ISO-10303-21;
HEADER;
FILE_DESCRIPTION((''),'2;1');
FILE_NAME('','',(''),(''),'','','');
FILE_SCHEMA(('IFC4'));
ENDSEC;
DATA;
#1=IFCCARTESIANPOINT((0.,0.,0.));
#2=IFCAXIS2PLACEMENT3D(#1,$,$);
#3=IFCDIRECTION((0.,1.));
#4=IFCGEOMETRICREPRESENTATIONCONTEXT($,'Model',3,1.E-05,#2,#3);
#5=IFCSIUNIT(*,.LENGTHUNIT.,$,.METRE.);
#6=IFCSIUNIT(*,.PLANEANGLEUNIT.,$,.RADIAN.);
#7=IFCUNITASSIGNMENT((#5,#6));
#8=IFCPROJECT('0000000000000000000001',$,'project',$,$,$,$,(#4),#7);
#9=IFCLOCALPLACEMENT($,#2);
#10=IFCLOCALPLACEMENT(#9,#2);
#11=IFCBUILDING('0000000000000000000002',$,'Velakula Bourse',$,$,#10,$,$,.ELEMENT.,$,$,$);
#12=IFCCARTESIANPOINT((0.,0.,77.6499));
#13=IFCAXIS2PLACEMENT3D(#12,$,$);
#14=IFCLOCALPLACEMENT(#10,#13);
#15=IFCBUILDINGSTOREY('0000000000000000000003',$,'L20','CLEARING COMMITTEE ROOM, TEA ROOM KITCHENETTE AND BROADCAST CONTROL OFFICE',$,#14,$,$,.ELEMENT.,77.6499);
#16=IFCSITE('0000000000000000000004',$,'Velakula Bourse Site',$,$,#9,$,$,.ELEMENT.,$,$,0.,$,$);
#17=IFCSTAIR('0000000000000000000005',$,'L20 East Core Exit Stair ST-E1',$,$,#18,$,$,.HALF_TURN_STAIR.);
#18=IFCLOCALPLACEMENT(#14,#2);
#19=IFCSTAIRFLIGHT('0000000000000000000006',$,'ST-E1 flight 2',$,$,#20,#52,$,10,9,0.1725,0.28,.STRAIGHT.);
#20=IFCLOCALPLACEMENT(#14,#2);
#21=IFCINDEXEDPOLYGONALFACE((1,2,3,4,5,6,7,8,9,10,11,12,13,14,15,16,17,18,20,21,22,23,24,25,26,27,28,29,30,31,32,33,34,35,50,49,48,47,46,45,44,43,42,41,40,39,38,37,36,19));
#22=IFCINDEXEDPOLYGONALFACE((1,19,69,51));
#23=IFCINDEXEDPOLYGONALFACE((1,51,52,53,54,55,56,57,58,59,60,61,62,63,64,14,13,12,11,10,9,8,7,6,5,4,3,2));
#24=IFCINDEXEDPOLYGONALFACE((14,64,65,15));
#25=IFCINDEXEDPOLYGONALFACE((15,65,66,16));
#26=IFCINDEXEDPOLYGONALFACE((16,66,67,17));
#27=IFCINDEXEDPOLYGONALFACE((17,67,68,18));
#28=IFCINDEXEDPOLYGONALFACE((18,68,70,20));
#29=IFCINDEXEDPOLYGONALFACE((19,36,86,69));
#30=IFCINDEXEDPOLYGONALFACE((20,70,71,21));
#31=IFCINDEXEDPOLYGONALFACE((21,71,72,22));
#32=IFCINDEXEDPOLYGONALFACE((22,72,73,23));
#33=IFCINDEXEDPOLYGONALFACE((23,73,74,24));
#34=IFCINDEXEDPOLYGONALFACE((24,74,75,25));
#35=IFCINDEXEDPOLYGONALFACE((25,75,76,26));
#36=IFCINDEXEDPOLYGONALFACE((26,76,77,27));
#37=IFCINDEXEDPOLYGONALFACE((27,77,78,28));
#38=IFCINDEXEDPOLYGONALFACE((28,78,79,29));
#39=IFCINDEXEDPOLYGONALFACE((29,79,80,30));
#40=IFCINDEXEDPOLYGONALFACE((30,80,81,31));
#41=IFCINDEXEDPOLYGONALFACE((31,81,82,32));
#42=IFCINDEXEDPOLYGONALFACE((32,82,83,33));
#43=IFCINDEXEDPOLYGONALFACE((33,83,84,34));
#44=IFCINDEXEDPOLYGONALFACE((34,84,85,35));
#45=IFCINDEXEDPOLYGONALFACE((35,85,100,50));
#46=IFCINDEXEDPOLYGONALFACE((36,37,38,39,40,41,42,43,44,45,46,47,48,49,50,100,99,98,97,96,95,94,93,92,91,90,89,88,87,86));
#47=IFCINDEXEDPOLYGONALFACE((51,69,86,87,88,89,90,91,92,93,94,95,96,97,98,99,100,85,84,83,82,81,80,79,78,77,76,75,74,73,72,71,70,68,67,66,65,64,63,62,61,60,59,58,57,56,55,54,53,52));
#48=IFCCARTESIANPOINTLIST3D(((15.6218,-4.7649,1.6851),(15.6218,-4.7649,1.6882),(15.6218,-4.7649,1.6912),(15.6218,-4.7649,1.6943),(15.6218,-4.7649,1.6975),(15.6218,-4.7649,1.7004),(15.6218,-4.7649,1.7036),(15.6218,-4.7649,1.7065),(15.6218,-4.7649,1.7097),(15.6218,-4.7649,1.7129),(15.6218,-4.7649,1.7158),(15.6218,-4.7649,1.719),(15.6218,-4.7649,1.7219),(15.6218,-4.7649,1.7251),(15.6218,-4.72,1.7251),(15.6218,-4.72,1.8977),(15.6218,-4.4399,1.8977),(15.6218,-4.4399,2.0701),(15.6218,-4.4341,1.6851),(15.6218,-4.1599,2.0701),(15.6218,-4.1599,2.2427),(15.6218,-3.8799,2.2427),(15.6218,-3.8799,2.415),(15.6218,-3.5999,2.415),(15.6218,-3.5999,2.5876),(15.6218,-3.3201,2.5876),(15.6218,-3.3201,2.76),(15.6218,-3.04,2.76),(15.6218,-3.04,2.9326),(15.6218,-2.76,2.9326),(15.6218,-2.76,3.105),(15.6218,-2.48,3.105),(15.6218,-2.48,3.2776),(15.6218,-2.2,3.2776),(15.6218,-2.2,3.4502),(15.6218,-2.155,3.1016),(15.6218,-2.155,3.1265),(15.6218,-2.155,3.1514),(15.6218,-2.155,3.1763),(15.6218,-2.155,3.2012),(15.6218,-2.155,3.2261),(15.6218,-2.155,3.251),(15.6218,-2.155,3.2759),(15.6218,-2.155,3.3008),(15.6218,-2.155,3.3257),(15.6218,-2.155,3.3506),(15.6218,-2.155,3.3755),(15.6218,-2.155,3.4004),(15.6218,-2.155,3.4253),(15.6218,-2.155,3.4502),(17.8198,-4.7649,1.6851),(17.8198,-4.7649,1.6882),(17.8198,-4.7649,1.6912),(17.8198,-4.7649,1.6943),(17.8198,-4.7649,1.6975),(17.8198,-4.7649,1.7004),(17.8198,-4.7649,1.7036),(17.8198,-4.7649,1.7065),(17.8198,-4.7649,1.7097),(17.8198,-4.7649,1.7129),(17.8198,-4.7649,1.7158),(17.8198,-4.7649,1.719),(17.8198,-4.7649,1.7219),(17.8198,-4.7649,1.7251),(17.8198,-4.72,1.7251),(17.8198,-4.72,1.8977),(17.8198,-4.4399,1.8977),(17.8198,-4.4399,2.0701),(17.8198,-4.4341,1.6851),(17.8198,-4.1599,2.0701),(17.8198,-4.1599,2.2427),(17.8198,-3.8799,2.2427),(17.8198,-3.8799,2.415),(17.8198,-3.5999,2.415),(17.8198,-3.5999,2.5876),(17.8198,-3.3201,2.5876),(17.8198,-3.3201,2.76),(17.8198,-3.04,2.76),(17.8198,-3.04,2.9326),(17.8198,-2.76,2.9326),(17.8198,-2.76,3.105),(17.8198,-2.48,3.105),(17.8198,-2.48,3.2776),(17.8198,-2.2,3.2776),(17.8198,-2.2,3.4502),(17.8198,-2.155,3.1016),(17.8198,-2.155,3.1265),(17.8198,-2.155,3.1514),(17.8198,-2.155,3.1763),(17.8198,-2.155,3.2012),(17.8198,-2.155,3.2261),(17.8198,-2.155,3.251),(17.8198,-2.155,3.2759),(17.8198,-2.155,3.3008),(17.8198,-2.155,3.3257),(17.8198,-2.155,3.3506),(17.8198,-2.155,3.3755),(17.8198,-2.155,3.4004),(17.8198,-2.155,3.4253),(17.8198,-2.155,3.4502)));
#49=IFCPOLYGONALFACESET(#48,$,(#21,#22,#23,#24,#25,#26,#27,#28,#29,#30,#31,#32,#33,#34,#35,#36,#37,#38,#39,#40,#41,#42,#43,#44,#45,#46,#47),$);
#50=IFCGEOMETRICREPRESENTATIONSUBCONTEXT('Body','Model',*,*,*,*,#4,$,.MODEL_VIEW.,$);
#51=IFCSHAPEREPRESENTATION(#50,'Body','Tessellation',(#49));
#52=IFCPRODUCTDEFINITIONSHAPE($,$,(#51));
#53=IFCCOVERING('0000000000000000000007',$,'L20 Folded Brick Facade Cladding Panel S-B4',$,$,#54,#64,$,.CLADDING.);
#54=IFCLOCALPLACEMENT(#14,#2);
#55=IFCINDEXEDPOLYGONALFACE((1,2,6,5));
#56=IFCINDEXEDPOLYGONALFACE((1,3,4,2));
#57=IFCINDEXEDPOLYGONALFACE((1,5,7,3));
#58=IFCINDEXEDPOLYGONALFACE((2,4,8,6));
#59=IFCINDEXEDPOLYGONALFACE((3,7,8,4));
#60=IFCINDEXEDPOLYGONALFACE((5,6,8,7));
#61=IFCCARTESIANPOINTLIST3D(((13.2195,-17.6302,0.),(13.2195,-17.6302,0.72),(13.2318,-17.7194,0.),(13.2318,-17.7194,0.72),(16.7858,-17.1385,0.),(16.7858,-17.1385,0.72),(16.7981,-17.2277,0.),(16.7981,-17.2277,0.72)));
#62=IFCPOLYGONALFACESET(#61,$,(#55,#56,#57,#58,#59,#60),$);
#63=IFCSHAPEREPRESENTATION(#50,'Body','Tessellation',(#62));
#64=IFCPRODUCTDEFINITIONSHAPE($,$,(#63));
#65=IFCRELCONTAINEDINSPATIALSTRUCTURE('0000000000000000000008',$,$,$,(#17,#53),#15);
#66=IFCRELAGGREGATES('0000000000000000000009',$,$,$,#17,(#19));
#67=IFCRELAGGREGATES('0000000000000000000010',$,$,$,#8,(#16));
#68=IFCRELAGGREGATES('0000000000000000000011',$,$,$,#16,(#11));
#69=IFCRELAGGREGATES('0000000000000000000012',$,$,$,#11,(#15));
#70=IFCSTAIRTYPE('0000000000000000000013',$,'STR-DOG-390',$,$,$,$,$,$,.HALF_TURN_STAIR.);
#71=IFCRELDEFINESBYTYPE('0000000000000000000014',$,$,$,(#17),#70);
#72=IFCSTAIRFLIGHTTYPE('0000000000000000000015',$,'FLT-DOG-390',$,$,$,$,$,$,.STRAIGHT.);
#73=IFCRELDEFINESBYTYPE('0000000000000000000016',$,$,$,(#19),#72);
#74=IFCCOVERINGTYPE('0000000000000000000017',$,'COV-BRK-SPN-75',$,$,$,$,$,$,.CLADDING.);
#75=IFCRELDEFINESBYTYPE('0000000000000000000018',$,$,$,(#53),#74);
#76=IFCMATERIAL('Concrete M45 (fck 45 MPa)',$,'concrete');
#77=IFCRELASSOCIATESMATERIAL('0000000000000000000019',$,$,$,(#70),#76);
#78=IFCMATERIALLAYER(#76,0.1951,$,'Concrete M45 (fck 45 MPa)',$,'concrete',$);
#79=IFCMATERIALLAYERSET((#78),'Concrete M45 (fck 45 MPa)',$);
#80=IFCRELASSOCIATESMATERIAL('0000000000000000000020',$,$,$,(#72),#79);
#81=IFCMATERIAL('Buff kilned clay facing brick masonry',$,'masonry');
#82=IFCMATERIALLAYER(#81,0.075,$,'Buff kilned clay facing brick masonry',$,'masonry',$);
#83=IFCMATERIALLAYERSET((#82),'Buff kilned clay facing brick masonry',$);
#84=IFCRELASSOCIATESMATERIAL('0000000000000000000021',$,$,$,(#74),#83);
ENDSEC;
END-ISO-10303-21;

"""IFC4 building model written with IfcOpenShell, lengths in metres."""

from ifc_helpers import new_model, si_unit, direction, frame, origin, origin_2d, place, context, subcontext, project, spatial, polyline, rectangle, outline, extrude, material, layer, layer_set, type_object, element, aggregate, save


model = new_model("IFC4")

# Units and contexts
model_context = context("Model", 3, precision=1e-05, world=origin(), true_north=direction((0.0, 1.0)))
body_context = subcontext(model_context, "Body", "Model", "MODEL_VIEW")
ifc_project = project(units=[si_unit("LENGTHUNIT", "METRE"), si_unit("PLANEANGLEUNIT", "RADIAN")], contexts=[model_context])

# Site, building, storey
site_placement = place(None, origin())
site = spatial("IfcSite", under=ifc_project, at=site_placement, Name="Velakula Bourse Site", CompositionType="ELEMENT", RefElevation=0.0)
building_placement = place(site_placement, origin())
building = spatial("IfcBuilding", under=site, at=building_placement, Name="Velakula Bourse", CompositionType="ELEMENT")
storey_placement = place(building_placement, frame((0.0, 0.0, 77.6499)))
storey = spatial("IfcBuildingStorey", under=building, at=storey_placement, Name="L20", Description="CLEARING COMMITTEE ROOM, TEA ROOM KITCHENETTE AND BROADCAST CONTROL OFFICE", CompositionType="ELEMENT", Elevation=77.6499)

# Stair, stair flight
ifc_material_1 = material(Name="Concrete M45 (fck 45 MPa)", Category="concrete")
stair_type = type_object("IfcStairType", Name="STR-DOG-390", PredefinedType="HALF_TURN_STAIR", material=ifc_material_1)
stair_placement = place(storey_placement, origin())
stair = element("IfcStair", 1, at=stair_placement, inside=storey, type_object=stair_type, Name="L20 East Core Exit Stair ST-E1", PredefinedType="HALF_TURN_STAIR")
ifc_layer_1 = layer(ifc_material_1, 0.1951, Name="Concrete M45 (fck 45 MPa)", Category="concrete")
ifc_layer_set_1 = layer_set([ifc_layer_1], Name="Concrete M45 (fck 45 MPa)")
stair_flight_type = type_object("IfcStairFlightType", Name="FLT-DOG-390", PredefinedType="STRAIGHT", material=ifc_layer_set_1)
stair_flight_1_placement = place(storey_placement, frame((16.7209, -4.72, 1.7251), z_axis=(0.0, 0.0, 1.0), x_axis=(0.0, 1.0, 0.0)))
stair_flight_1 = element("IfcStairFlight", 2, at=stair_flight_1_placement, type_object=stair_flight_type, Name="ST-E1 flight 2", NumberOfRisers=10, NumberOfTreads=9, PredefinedType="STRAIGHT", RiserHeight=0.1725, TreadLength=0.28, context=body_context, shape_type="SweptSolid", body=[
    extrude(outline(polyline([(-0.0449, -0.04), (-0.0449, -0.0369), (-0.0449, -0.0339), (-0.0449, -0.0308), (-0.0449, -0.0276), (-0.0449, -0.0247), (-0.0449, -0.0215), (-0.0449, -0.0186), (-0.0449, -0.0154), (-0.0449, -0.0122), (-0.0449, -0.0093), (-0.0449, -0.0061), (-0.0449, -0.0032), (-0.0449, 0.0), (0.0, 0.0), (0.0, 0.1726), (0.28, 0.1726), (0.28, 0.345), (0.5601, 0.345), (0.5601, 0.5176), (0.8401, 0.5176), (0.8401, 0.6899), (1.1201, 0.6899), (1.1201, 0.8625), (1.3999, 0.8625), (1.3999, 1.0349), (1.6799, 1.0349), (1.6799, 1.2075), (1.96, 1.2075), (1.96, 1.3799), (2.24, 1.3799), (2.24, 1.5525), (2.52, 1.5525), (2.52, 1.7251), (2.5649, 1.7251), (2.5649, 1.7002), (2.5649, 1.6753), (2.5649, 1.6504), (2.5649, 1.6255), (2.5649, 1.6006), (2.5649, 1.5757), (2.5649, 1.5508), (2.5649, 1.5259), (2.5649, 1.501), (2.5649, 1.4761), (2.5649, 1.4512), (2.5649, 1.4263), (2.5649, 1.4014), (2.5649, 1.3765), (0.2859, -0.04), (-0.0449, -0.04)])), frame((0.0, 1.0991, 0.0), z_axis=(0.0, -1.0, 0.0), x_axis=(1.0, 0.0, 0.0)), (0.0, 0.0, 1.0), 2.198),
])
aggregate(stair, [stair_flight_1])

# Covering
ifc_material_2 = material(Name="Buff kilned clay facing brick masonry", Category="masonry")
ifc_layer_2 = layer(ifc_material_2, 0.075, Name="Buff kilned clay facing brick masonry", Category="masonry")
ifc_layer_set_2 = layer_set([ifc_layer_2], Name="Buff kilned clay facing brick masonry")
covering_type = type_object("IfcCoveringType", Name="COV-BRK-SPN-75", PredefinedType="CLADDING", material=ifc_layer_set_2)
covering_placement = place(storey_placement, frame((15.0088, -17.429, 0.0), z_axis=(0.0, 0.0, 1.0), x_axis=(0.990629, 0.13658, 0.0)))
element("IfcCovering", 3, at=covering_placement, inside=storey, type_object=covering_type, Name="L20 Folded Brick Facade Cladding Panel S-B4", PredefinedType="CLADDING", context=body_context, shape_type="SweptSolid", body=[
    extrude(rectangle(XDim=3.6001, YDim=0.0901, at=origin_2d()), origin(), (0.0, 0.0, 1.0), 0.72),
])

save(model, "model.ifc")
